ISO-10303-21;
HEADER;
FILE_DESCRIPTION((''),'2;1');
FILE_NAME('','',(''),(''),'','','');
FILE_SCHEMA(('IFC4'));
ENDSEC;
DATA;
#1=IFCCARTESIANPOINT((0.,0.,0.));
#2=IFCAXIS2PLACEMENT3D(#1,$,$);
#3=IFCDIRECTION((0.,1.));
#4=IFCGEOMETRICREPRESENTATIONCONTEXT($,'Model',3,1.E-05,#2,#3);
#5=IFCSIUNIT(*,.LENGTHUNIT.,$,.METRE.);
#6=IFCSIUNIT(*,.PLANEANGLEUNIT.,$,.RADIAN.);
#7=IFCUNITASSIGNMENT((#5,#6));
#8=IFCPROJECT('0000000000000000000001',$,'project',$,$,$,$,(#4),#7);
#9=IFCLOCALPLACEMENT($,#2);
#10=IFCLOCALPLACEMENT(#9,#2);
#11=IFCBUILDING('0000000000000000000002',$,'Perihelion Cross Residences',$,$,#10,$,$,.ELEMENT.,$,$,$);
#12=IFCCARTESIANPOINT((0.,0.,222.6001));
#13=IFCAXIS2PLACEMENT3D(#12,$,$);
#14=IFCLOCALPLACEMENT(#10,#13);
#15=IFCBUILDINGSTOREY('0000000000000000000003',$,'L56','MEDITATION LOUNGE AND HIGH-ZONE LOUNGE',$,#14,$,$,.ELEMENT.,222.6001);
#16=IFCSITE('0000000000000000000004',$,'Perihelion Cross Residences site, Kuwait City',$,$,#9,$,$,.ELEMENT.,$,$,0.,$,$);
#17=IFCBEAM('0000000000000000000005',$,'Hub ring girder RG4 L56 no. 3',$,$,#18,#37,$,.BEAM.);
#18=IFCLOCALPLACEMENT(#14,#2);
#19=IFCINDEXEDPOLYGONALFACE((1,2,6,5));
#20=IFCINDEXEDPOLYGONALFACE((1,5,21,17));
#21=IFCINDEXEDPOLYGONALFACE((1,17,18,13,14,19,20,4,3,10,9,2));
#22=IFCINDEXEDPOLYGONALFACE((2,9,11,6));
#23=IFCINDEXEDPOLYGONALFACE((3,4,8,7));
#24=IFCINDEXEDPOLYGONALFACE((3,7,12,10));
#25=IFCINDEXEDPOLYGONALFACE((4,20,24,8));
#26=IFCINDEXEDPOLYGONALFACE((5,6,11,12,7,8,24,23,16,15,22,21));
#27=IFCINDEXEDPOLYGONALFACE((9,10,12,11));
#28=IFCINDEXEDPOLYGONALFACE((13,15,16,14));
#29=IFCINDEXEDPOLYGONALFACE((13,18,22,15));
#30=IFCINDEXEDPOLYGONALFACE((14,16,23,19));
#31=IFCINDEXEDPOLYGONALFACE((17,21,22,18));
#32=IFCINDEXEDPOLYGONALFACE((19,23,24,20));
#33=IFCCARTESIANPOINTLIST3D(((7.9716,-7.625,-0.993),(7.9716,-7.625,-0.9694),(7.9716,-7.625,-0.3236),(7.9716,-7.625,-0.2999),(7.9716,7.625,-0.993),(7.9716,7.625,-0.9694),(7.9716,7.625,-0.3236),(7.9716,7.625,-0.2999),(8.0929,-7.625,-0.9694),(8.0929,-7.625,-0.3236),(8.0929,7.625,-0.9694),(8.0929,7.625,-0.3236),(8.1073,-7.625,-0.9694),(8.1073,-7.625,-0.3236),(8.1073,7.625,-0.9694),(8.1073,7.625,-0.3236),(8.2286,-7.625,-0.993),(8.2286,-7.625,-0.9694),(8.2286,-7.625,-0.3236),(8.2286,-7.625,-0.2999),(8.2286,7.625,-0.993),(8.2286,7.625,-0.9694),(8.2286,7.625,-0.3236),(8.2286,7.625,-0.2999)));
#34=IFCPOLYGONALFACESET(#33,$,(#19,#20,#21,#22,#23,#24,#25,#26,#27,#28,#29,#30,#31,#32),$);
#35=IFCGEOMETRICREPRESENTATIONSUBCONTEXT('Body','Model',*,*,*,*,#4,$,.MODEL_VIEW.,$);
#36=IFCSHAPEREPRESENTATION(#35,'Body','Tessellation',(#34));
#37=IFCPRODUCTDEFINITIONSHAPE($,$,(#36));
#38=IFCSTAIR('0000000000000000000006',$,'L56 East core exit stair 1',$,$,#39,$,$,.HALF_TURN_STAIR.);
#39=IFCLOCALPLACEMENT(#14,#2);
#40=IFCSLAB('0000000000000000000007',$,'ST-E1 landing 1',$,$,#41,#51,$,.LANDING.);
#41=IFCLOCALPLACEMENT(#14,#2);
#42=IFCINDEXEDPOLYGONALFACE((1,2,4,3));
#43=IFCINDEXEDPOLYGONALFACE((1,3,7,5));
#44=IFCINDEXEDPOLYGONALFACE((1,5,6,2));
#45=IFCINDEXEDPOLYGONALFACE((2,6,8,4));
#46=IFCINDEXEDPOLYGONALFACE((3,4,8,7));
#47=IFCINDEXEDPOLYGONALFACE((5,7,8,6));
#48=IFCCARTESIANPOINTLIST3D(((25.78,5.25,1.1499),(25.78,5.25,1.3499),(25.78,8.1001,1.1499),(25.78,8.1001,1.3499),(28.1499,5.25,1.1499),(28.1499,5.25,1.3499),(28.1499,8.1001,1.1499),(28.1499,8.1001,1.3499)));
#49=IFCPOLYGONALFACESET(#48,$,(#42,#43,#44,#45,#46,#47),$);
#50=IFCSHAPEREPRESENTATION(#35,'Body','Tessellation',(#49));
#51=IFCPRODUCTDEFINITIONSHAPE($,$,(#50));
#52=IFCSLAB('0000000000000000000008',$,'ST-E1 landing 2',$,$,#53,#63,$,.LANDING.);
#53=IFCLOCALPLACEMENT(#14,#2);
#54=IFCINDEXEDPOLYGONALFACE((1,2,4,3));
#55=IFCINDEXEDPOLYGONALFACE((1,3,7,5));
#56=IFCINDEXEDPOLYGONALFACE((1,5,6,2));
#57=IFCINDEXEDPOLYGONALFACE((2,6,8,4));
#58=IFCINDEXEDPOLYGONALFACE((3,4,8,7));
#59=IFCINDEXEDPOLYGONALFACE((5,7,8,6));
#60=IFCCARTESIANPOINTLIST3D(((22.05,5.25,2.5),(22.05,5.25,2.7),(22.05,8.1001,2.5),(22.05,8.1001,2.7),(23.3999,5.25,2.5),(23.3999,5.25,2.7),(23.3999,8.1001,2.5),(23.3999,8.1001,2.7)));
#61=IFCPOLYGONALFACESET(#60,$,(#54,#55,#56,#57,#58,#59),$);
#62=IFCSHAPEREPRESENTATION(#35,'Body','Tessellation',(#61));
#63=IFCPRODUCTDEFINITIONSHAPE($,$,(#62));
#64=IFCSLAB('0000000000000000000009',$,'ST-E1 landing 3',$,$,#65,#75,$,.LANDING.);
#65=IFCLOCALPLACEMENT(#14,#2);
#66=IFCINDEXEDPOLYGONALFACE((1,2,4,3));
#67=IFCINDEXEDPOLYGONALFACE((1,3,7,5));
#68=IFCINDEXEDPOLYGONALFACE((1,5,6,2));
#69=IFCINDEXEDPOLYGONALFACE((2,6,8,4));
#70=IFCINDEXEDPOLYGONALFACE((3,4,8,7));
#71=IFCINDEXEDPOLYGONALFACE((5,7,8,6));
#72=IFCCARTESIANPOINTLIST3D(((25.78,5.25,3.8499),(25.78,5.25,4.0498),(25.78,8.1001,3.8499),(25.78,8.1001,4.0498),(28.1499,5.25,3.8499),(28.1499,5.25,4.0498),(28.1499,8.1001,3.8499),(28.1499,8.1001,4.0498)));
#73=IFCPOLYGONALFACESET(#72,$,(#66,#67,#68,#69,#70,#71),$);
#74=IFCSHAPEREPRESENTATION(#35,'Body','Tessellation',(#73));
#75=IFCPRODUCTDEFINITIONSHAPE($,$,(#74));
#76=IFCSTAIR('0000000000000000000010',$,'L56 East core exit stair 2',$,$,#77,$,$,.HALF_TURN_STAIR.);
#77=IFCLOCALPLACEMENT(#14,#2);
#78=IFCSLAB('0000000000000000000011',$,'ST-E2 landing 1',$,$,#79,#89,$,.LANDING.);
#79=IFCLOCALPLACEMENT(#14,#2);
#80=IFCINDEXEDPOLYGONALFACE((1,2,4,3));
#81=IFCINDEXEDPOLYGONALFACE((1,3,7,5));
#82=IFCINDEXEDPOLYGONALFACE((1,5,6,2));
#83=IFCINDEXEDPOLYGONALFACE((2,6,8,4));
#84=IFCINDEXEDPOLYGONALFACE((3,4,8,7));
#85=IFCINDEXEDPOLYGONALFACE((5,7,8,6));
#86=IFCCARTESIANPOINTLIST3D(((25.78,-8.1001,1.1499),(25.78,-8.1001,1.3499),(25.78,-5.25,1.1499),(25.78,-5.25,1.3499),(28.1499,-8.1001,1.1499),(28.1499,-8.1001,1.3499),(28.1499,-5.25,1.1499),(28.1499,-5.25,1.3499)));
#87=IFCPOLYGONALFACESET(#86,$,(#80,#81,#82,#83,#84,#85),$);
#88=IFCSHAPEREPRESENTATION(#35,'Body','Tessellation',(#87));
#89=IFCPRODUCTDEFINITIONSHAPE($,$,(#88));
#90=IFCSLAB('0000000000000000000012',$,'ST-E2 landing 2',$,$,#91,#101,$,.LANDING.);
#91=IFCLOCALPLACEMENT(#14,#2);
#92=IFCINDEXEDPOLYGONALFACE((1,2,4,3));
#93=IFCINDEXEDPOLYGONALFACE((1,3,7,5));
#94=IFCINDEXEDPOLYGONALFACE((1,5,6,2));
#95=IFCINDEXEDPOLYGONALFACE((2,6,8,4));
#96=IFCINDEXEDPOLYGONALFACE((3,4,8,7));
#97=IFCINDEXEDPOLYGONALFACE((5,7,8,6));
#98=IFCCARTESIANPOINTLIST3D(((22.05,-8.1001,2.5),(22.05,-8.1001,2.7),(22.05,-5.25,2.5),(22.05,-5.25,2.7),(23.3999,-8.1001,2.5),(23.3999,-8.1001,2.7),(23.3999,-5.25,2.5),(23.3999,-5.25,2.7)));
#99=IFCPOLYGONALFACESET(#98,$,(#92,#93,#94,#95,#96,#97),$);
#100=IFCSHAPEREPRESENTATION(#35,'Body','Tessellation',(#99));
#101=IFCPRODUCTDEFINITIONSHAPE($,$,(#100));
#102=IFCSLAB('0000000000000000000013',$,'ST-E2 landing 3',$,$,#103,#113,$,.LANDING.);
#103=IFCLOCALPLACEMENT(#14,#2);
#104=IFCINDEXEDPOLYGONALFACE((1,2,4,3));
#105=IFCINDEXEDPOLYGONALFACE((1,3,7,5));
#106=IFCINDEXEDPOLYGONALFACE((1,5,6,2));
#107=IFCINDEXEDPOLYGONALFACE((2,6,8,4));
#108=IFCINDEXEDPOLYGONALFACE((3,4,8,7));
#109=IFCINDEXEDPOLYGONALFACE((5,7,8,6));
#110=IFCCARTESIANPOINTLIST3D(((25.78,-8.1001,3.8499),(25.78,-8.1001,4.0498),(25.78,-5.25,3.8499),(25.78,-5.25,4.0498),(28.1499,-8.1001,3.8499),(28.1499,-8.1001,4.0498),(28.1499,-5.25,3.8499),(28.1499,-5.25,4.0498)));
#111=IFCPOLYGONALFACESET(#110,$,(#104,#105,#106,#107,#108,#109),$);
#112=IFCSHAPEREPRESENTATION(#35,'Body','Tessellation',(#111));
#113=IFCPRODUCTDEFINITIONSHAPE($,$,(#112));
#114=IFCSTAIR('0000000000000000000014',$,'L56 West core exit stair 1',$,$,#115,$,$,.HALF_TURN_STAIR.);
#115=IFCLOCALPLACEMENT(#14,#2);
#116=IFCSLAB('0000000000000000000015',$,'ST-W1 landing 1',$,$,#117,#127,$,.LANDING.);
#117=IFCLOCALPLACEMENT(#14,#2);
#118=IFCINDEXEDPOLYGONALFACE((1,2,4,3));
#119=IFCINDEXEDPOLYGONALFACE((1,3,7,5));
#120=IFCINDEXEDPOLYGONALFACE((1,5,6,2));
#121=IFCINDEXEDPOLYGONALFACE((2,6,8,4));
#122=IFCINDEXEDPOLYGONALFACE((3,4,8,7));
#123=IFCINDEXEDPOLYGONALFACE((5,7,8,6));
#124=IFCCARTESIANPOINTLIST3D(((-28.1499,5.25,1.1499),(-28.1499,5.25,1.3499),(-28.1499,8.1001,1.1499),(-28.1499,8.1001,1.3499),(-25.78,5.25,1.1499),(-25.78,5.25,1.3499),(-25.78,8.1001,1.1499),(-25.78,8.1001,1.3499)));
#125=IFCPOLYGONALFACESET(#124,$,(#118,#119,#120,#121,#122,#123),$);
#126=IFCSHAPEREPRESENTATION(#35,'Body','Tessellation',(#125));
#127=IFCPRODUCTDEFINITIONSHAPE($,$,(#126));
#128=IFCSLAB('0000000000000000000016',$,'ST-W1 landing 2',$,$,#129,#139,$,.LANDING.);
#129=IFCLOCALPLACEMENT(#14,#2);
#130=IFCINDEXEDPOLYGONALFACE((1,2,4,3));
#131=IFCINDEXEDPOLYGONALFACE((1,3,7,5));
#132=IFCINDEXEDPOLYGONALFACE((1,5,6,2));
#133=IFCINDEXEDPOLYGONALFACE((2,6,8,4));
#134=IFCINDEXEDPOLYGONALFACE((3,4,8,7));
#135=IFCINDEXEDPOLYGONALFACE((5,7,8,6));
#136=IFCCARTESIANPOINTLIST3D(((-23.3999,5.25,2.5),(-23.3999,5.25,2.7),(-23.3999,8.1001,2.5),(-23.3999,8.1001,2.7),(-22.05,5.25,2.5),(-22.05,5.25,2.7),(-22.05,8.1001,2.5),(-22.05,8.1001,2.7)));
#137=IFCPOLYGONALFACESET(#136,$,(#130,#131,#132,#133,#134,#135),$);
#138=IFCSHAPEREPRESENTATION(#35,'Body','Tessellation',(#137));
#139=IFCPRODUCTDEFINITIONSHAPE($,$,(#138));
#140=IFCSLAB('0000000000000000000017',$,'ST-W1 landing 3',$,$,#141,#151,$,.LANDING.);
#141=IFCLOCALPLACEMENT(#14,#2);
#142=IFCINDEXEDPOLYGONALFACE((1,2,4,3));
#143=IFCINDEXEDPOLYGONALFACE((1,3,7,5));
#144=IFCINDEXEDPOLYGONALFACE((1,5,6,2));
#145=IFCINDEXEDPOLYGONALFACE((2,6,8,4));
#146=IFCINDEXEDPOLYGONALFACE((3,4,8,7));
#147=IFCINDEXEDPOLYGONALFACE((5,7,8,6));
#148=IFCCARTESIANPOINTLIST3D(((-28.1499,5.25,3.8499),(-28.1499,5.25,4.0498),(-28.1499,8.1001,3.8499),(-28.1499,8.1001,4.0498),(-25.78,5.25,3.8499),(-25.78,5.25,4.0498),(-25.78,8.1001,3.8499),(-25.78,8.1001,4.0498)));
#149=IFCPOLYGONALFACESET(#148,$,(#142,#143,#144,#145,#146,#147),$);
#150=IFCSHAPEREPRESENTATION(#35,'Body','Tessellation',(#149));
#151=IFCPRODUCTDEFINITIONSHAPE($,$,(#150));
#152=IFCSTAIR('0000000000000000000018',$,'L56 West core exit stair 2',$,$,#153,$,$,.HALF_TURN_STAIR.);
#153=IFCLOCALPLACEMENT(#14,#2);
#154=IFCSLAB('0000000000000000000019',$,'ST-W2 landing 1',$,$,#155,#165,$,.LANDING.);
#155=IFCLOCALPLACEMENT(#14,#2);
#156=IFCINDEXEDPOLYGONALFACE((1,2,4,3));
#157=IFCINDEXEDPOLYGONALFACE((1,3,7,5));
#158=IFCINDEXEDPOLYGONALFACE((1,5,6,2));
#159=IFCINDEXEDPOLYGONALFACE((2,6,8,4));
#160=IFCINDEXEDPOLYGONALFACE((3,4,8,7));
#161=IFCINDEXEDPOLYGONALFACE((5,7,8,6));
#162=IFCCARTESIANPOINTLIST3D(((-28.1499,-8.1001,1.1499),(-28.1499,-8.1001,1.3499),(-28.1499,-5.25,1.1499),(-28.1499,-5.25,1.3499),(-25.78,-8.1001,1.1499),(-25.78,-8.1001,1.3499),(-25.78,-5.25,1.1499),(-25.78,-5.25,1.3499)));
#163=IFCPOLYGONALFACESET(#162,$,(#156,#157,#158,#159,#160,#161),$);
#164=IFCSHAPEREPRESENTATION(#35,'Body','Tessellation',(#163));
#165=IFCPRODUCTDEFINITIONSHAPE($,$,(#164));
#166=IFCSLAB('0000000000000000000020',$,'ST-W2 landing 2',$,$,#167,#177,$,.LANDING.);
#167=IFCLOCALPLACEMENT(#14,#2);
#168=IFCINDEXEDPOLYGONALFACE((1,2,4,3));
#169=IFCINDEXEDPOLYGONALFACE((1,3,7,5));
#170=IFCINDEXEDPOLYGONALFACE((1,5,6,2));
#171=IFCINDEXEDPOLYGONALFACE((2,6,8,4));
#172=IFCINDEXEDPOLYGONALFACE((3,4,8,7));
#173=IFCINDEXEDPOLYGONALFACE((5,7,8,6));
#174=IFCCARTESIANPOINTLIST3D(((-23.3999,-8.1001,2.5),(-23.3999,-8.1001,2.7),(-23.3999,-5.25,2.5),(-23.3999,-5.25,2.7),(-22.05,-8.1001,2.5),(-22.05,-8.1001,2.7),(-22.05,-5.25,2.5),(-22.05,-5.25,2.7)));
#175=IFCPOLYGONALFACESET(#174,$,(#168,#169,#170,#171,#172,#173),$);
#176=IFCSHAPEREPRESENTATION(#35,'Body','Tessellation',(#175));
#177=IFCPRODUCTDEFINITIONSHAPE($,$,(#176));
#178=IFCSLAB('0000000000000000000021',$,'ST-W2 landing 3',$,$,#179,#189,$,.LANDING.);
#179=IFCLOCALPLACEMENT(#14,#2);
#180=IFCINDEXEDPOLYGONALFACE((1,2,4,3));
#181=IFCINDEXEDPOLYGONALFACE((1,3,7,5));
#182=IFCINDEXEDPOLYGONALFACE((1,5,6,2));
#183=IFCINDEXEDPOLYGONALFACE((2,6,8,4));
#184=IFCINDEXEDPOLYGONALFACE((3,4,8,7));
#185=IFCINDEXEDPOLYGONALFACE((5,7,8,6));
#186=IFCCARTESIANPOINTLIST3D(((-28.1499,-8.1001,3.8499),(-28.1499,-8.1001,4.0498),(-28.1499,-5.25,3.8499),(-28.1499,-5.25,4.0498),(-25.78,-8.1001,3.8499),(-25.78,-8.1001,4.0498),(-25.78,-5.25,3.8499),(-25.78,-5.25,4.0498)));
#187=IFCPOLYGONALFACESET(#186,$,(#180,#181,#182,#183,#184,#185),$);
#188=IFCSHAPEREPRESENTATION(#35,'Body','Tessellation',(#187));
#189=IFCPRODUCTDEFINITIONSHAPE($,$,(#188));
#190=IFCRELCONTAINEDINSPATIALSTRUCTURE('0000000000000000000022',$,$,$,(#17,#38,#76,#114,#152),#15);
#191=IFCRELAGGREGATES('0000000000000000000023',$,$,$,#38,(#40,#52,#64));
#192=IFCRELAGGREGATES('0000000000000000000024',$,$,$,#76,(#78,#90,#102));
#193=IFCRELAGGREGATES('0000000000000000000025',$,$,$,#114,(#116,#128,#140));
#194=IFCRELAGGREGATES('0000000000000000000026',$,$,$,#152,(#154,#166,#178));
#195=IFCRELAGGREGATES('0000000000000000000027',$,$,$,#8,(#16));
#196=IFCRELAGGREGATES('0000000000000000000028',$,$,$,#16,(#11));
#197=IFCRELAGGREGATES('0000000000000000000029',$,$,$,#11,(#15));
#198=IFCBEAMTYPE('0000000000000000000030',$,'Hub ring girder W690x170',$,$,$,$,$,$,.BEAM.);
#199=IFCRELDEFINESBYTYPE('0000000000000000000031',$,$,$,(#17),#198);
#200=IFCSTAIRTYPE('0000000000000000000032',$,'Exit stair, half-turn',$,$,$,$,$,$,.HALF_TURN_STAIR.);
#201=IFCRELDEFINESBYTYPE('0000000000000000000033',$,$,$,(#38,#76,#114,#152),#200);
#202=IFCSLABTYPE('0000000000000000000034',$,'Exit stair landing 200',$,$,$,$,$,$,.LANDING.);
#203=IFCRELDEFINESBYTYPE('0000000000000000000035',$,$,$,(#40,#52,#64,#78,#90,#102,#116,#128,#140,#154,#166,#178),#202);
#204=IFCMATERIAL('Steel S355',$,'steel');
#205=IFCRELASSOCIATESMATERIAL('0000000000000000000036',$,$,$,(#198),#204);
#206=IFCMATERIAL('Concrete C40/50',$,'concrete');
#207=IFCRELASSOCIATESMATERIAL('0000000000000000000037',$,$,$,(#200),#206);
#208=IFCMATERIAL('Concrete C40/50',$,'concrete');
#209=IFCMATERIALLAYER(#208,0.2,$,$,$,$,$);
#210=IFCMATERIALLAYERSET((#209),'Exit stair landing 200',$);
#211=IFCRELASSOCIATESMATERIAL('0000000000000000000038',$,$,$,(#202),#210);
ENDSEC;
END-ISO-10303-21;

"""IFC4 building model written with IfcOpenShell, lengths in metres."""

from ifc_helpers import new_model, si_unit, direction, frame, origin, origin_2d, place, context, subcontext, project, spatial, polyline, i_section, outline, extrude, material, layer, layer_set, material_profile, profile_set, type_object, element, aggregate, save


model = new_model("IFC4")

# Units and contexts
model_context = context("Model", 3, precision=1e-05, world=origin(), true_north=direction((0.0, 1.0)))
body_context = subcontext(model_context, "Body", "Model", "MODEL_VIEW")
ifc_project = project(units=[si_unit("LENGTHUNIT", "METRE"), si_unit("PLANEANGLEUNIT", "RADIAN")], contexts=[model_context])

# Site, building, storey
site_placement = place(None, origin())
site = spatial("IfcSite", under=ifc_project, at=site_placement, Name="Perihelion Cross Residences site, Kuwait City", CompositionType="ELEMENT", RefElevation=0.0)
building_placement = place(site_placement, origin())
building = spatial("IfcBuilding", under=site, at=building_placement, Name="Perihelion Cross Residences", CompositionType="ELEMENT")
storey_placement = place(building_placement, frame((0.0, 0.0, 222.6001)))
storey = spatial("IfcBuildingStorey", under=building, at=storey_placement, Name="L56", Description="MEDITATION LOUNGE AND HIGH-ZONE LOUNGE", CompositionType="ELEMENT", Elevation=222.6001)

# Beam
ifc_material_1 = material(Name="Steel S355", Category="steel")
ifc_material_profile = material_profile(ifc_material_1, i_section(OverallWidth=0.2571, OverallDepth=0.6931, WebThickness=0.0144, FlangeThickness=0.0237, at=origin_2d()), Name="W690x170")
ifc_profile_set = profile_set([ifc_material_profile], Name="Steel S355")
beam_type = type_object("IfcBeamType", Name="Hub ring girder W690x170", PredefinedType="BEAM", material=ifc_profile_set)
beam_placement = place(storey_placement, frame((8.1001, -7.625, -0.6465), z_axis=(0.0, 1.0, 0.0), x_axis=(-1.0, 0.0, 0.0)))
element("IfcBeam", 1, at=beam_placement, inside=storey, type_object=beam_type, Name="Hub ring girder RG4 L56 no. 3", PredefinedType="BEAM", context=body_context, shape_type="SweptSolid", body=[
    extrude(i_section(OverallWidth=0.2571, OverallDepth=0.6931, WebThickness=0.0144, FlangeThickness=0.0237, at=origin_2d()), origin(), (0.0, 0.0, 1.0), 15.25),
])

# Stairs, slabs
ifc_material_2 = material(Name="Concrete C40/50", Category="concrete")
stair_type = type_object("IfcStairType", Name="Exit stair, half-turn", PredefinedType="HALF_TURN_STAIR", material=ifc_material_2)
stair_1_placement = place(storey_placement, origin())
stair_1 = element("IfcStair", 2, at=stair_1_placement, inside=storey, type_object=stair_type, Name="L56 East core exit stair 1", PredefinedType="HALF_TURN_STAIR")
ifc_material_3 = material(Name="Concrete C40/50", Category="concrete")
ifc_layer_1 = layer(ifc_material_3, 0.2)
ifc_layer_set_1 = layer_set([ifc_layer_1], Name="Exit stair landing 200")
slab_type = type_object("IfcSlabType", Name="Exit stair landing 200", PredefinedType="LANDING", material=ifc_layer_set_1)
slab_1_placement = place(storey_placement, frame((0.0, 0.0, 1.1499)))
slab_1 = element("IfcSlab", 3, at=slab_1_placement, type_object=slab_type, Name="ST-E1 landing 1", PredefinedType="LANDING", context=body_context, shape_type="SweptSolid", body=[
    extrude(outline(polyline([(25.78, 5.25), (28.1499, 5.25), (28.1499, 8.1001), (25.78, 8.1001), (25.78, 5.25)])), origin(), (0.0, 0.0, 1.0), 0.2),
])
slab_2_placement = place(storey_placement, frame((0.0, 0.0, 2.5)))
slab_2 = element("IfcSlab", 4, at=slab_2_placement, type_object=slab_type, Name="ST-E1 landing 2", PredefinedType="LANDING", context=body_context, shape_type="SweptSolid", body=[
    extrude(outline(polyline([(22.05, 5.25), (23.3999, 5.25), (23.3999, 8.1001), (22.05, 8.1001), (22.05, 5.25)])), origin(), (0.0, 0.0, 1.0), 0.2),
])
slab_3_placement = place(storey_placement, frame((0.0, 0.0, 3.8499)))
slab_3 = element("IfcSlab", 5, at=slab_3_placement, type_object=slab_type, Name="ST-E1 landing 3", PredefinedType="LANDING", context=body_context, shape_type="SweptSolid", body=[
    extrude(outline(polyline([(25.78, 5.25), (28.1499, 5.25), (28.1499, 8.1001), (25.78, 8.1001), (25.78, 5.25)])), origin(), (0.0, 0.0, 1.0), 0.2),
])
aggregate(stair_1, [slab_1, slab_2, slab_3])
stair_2_placement = place(storey_placement, origin())
stair_2 = element("IfcStair", 6, at=stair_2_placement, inside=storey, type_object=stair_type, Name="L56 East core exit stair 2", PredefinedType="HALF_TURN_STAIR")
slab_4_placement = place(storey_placement, frame((0.0, 0.0, 1.1499)))
slab_4 = element("IfcSlab", 7, at=slab_4_placement, type_object=slab_type, Name="ST-E2 landing 1", PredefinedType="LANDING", context=body_context, shape_type="SweptSolid", body=[
    extrude(outline(polyline([(25.78, -8.1001), (28.1499, -8.1001), (28.1499, -5.25), (25.78, -5.25), (25.78, -8.1001)])), origin(), (0.0, 0.0, 1.0), 0.2),
])
slab_5_placement = place(storey_placement, frame((0.0, 0.0, 2.5)))
slab_5 = element("IfcSlab", 8, at=slab_5_placement, type_object=slab_type, Name="ST-E2 landing 2", PredefinedType="LANDING", context=body_context, shape_type="SweptSolid", body=[
    extrude(outline(polyline([(22.05, -8.1001), (23.3999, -8.1001), (23.3999, -5.25), (22.05, -5.25), (22.05, -8.1001)])), origin(), (0.0, 0.0, 1.0), 0.2),
])
slab_6_placement = place(storey_placement, frame((0.0, 0.0, 3.8499)))
slab_6 = element("IfcSlab", 9, at=slab_6_placement, type_object=slab_type, Name="ST-E2 landing 3", PredefinedType="LANDING", context=body_context, shape_type="SweptSolid", body=[
    extrude(outline(polyline([(25.78, -8.1001), (28.1499, -8.1001), (28.1499, -5.25), (25.78, -5.25), (25.78, -8.1001)])), origin(), (0.0, 0.0, 1.0), 0.2),
])
aggregate(stair_2, [slab_4, slab_5, slab_6])
stair_3_placement = place(storey_placement, origin())
stair_3 = element("IfcStair", 10, at=stair_3_placement, inside=storey, type_object=stair_type, Name="L56 West core exit stair 1", PredefinedType="HALF_TURN_STAIR")
slab_7_placement = place(storey_placement, frame((0.0, 0.0, 1.1499)))
slab_7 = element("IfcSlab", 11, at=slab_7_placement, type_object=slab_type, Name="ST-W1 landing 1", PredefinedType="LANDING", context=body_context, shape_type="SweptSolid", body=[
    extrude(outline(polyline([(-25.78, 8.1001), (-28.1499, 8.1001), (-28.1499, 5.25), (-25.78, 5.25), (-25.78, 8.1001)])), origin(), (0.0, 0.0, 1.0), 0.2),
])
slab_8_placement = place(storey_placement, frame((0.0, 0.0, 2.5)))
slab_8 = element("IfcSlab", 12, at=slab_8_placement, type_object=slab_type, Name="ST-W1 landing 2", PredefinedType="LANDING", context=body_context, shape_type="SweptSolid", body=[
    extrude(outline(polyline([(-22.05, 8.1001), (-23.3999, 8.1001), (-23.3999, 5.25), (-22.05, 5.25), (-22.05, 8.1001)])), origin(), (0.0, 0.0, 1.0), 0.2),
])
slab_9_placement = place(storey_placement, frame((0.0, 0.0, 3.8499)))
slab_9 = element("IfcSlab", 13, at=slab_9_placement, type_object=slab_type, Name="ST-W1 landing 3", PredefinedType="LANDING", context=body_context, shape_type="SweptSolid", body=[
    extrude(outline(polyline([(-25.78, 8.1001), (-28.1499, 8.1001), (-28.1499, 5.25), (-25.78, 5.25), (-25.78, 8.1001)])), origin(), (0.0, 0.0, 1.0), 0.2),
])
aggregate(stair_3, [slab_7, slab_8, slab_9])
stair_4_placement = place(storey_placement, origin())
stair_4 = element("IfcStair", 14, at=stair_4_placement, inside=storey, type_object=stair_type, Name="L56 West core exit stair 2", PredefinedType="HALF_TURN_STAIR")
slab_10_placement = place(storey_placement, frame((0.0, 0.0, 1.1499)))
slab_10 = element("IfcSlab", 15, at=slab_10_placement, type_object=slab_type, Name="ST-W2 landing 1", PredefinedType="LANDING", context=body_context, shape_type="SweptSolid", body=[
    extrude(outline(polyline([(-25.78, -5.25), (-28.1499, -5.25), (-28.1499, -8.1001), (-25.78, -8.1001), (-25.78, -5.25)])), origin(), (0.0, 0.0, 1.0), 0.2),
])
slab_11_placement = place(storey_placement, frame((0.0, 0.0, 2.5)))
slab_11 = element("IfcSlab", 16, at=slab_11_placement, type_object=slab_type, Name="ST-W2 landing 2", PredefinedType="LANDING", context=body_context, shape_type="SweptSolid", body=[
    extrude(outline(polyline([(-22.05, -5.25), (-23.3999, -5.25), (-23.3999, -8.1001), (-22.05, -8.1001), (-22.05, -5.25)])), origin(), (0.0, 0.0, 1.0), 0.2),
])
slab_12_placement = place(storey_placement, frame((0.0, 0.0, 3.8499)))
slab_12 = element("IfcSlab", 17, at=slab_12_placement, type_object=slab_type, Name="ST-W2 landing 3", PredefinedType="LANDING", context=body_context, shape_type="SweptSolid", body=[
    extrude(outline(polyline([(-25.78, -5.25), (-28.1499, -5.25), (-28.1499, -8.1001), (-25.78, -8.1001), (-25.78, -5.25)])), origin(), (0.0, 0.0, 1.0), 0.2),
])
aggregate(stair_4, [slab_10, slab_11, slab_12])

save(model, "model.ifc")
